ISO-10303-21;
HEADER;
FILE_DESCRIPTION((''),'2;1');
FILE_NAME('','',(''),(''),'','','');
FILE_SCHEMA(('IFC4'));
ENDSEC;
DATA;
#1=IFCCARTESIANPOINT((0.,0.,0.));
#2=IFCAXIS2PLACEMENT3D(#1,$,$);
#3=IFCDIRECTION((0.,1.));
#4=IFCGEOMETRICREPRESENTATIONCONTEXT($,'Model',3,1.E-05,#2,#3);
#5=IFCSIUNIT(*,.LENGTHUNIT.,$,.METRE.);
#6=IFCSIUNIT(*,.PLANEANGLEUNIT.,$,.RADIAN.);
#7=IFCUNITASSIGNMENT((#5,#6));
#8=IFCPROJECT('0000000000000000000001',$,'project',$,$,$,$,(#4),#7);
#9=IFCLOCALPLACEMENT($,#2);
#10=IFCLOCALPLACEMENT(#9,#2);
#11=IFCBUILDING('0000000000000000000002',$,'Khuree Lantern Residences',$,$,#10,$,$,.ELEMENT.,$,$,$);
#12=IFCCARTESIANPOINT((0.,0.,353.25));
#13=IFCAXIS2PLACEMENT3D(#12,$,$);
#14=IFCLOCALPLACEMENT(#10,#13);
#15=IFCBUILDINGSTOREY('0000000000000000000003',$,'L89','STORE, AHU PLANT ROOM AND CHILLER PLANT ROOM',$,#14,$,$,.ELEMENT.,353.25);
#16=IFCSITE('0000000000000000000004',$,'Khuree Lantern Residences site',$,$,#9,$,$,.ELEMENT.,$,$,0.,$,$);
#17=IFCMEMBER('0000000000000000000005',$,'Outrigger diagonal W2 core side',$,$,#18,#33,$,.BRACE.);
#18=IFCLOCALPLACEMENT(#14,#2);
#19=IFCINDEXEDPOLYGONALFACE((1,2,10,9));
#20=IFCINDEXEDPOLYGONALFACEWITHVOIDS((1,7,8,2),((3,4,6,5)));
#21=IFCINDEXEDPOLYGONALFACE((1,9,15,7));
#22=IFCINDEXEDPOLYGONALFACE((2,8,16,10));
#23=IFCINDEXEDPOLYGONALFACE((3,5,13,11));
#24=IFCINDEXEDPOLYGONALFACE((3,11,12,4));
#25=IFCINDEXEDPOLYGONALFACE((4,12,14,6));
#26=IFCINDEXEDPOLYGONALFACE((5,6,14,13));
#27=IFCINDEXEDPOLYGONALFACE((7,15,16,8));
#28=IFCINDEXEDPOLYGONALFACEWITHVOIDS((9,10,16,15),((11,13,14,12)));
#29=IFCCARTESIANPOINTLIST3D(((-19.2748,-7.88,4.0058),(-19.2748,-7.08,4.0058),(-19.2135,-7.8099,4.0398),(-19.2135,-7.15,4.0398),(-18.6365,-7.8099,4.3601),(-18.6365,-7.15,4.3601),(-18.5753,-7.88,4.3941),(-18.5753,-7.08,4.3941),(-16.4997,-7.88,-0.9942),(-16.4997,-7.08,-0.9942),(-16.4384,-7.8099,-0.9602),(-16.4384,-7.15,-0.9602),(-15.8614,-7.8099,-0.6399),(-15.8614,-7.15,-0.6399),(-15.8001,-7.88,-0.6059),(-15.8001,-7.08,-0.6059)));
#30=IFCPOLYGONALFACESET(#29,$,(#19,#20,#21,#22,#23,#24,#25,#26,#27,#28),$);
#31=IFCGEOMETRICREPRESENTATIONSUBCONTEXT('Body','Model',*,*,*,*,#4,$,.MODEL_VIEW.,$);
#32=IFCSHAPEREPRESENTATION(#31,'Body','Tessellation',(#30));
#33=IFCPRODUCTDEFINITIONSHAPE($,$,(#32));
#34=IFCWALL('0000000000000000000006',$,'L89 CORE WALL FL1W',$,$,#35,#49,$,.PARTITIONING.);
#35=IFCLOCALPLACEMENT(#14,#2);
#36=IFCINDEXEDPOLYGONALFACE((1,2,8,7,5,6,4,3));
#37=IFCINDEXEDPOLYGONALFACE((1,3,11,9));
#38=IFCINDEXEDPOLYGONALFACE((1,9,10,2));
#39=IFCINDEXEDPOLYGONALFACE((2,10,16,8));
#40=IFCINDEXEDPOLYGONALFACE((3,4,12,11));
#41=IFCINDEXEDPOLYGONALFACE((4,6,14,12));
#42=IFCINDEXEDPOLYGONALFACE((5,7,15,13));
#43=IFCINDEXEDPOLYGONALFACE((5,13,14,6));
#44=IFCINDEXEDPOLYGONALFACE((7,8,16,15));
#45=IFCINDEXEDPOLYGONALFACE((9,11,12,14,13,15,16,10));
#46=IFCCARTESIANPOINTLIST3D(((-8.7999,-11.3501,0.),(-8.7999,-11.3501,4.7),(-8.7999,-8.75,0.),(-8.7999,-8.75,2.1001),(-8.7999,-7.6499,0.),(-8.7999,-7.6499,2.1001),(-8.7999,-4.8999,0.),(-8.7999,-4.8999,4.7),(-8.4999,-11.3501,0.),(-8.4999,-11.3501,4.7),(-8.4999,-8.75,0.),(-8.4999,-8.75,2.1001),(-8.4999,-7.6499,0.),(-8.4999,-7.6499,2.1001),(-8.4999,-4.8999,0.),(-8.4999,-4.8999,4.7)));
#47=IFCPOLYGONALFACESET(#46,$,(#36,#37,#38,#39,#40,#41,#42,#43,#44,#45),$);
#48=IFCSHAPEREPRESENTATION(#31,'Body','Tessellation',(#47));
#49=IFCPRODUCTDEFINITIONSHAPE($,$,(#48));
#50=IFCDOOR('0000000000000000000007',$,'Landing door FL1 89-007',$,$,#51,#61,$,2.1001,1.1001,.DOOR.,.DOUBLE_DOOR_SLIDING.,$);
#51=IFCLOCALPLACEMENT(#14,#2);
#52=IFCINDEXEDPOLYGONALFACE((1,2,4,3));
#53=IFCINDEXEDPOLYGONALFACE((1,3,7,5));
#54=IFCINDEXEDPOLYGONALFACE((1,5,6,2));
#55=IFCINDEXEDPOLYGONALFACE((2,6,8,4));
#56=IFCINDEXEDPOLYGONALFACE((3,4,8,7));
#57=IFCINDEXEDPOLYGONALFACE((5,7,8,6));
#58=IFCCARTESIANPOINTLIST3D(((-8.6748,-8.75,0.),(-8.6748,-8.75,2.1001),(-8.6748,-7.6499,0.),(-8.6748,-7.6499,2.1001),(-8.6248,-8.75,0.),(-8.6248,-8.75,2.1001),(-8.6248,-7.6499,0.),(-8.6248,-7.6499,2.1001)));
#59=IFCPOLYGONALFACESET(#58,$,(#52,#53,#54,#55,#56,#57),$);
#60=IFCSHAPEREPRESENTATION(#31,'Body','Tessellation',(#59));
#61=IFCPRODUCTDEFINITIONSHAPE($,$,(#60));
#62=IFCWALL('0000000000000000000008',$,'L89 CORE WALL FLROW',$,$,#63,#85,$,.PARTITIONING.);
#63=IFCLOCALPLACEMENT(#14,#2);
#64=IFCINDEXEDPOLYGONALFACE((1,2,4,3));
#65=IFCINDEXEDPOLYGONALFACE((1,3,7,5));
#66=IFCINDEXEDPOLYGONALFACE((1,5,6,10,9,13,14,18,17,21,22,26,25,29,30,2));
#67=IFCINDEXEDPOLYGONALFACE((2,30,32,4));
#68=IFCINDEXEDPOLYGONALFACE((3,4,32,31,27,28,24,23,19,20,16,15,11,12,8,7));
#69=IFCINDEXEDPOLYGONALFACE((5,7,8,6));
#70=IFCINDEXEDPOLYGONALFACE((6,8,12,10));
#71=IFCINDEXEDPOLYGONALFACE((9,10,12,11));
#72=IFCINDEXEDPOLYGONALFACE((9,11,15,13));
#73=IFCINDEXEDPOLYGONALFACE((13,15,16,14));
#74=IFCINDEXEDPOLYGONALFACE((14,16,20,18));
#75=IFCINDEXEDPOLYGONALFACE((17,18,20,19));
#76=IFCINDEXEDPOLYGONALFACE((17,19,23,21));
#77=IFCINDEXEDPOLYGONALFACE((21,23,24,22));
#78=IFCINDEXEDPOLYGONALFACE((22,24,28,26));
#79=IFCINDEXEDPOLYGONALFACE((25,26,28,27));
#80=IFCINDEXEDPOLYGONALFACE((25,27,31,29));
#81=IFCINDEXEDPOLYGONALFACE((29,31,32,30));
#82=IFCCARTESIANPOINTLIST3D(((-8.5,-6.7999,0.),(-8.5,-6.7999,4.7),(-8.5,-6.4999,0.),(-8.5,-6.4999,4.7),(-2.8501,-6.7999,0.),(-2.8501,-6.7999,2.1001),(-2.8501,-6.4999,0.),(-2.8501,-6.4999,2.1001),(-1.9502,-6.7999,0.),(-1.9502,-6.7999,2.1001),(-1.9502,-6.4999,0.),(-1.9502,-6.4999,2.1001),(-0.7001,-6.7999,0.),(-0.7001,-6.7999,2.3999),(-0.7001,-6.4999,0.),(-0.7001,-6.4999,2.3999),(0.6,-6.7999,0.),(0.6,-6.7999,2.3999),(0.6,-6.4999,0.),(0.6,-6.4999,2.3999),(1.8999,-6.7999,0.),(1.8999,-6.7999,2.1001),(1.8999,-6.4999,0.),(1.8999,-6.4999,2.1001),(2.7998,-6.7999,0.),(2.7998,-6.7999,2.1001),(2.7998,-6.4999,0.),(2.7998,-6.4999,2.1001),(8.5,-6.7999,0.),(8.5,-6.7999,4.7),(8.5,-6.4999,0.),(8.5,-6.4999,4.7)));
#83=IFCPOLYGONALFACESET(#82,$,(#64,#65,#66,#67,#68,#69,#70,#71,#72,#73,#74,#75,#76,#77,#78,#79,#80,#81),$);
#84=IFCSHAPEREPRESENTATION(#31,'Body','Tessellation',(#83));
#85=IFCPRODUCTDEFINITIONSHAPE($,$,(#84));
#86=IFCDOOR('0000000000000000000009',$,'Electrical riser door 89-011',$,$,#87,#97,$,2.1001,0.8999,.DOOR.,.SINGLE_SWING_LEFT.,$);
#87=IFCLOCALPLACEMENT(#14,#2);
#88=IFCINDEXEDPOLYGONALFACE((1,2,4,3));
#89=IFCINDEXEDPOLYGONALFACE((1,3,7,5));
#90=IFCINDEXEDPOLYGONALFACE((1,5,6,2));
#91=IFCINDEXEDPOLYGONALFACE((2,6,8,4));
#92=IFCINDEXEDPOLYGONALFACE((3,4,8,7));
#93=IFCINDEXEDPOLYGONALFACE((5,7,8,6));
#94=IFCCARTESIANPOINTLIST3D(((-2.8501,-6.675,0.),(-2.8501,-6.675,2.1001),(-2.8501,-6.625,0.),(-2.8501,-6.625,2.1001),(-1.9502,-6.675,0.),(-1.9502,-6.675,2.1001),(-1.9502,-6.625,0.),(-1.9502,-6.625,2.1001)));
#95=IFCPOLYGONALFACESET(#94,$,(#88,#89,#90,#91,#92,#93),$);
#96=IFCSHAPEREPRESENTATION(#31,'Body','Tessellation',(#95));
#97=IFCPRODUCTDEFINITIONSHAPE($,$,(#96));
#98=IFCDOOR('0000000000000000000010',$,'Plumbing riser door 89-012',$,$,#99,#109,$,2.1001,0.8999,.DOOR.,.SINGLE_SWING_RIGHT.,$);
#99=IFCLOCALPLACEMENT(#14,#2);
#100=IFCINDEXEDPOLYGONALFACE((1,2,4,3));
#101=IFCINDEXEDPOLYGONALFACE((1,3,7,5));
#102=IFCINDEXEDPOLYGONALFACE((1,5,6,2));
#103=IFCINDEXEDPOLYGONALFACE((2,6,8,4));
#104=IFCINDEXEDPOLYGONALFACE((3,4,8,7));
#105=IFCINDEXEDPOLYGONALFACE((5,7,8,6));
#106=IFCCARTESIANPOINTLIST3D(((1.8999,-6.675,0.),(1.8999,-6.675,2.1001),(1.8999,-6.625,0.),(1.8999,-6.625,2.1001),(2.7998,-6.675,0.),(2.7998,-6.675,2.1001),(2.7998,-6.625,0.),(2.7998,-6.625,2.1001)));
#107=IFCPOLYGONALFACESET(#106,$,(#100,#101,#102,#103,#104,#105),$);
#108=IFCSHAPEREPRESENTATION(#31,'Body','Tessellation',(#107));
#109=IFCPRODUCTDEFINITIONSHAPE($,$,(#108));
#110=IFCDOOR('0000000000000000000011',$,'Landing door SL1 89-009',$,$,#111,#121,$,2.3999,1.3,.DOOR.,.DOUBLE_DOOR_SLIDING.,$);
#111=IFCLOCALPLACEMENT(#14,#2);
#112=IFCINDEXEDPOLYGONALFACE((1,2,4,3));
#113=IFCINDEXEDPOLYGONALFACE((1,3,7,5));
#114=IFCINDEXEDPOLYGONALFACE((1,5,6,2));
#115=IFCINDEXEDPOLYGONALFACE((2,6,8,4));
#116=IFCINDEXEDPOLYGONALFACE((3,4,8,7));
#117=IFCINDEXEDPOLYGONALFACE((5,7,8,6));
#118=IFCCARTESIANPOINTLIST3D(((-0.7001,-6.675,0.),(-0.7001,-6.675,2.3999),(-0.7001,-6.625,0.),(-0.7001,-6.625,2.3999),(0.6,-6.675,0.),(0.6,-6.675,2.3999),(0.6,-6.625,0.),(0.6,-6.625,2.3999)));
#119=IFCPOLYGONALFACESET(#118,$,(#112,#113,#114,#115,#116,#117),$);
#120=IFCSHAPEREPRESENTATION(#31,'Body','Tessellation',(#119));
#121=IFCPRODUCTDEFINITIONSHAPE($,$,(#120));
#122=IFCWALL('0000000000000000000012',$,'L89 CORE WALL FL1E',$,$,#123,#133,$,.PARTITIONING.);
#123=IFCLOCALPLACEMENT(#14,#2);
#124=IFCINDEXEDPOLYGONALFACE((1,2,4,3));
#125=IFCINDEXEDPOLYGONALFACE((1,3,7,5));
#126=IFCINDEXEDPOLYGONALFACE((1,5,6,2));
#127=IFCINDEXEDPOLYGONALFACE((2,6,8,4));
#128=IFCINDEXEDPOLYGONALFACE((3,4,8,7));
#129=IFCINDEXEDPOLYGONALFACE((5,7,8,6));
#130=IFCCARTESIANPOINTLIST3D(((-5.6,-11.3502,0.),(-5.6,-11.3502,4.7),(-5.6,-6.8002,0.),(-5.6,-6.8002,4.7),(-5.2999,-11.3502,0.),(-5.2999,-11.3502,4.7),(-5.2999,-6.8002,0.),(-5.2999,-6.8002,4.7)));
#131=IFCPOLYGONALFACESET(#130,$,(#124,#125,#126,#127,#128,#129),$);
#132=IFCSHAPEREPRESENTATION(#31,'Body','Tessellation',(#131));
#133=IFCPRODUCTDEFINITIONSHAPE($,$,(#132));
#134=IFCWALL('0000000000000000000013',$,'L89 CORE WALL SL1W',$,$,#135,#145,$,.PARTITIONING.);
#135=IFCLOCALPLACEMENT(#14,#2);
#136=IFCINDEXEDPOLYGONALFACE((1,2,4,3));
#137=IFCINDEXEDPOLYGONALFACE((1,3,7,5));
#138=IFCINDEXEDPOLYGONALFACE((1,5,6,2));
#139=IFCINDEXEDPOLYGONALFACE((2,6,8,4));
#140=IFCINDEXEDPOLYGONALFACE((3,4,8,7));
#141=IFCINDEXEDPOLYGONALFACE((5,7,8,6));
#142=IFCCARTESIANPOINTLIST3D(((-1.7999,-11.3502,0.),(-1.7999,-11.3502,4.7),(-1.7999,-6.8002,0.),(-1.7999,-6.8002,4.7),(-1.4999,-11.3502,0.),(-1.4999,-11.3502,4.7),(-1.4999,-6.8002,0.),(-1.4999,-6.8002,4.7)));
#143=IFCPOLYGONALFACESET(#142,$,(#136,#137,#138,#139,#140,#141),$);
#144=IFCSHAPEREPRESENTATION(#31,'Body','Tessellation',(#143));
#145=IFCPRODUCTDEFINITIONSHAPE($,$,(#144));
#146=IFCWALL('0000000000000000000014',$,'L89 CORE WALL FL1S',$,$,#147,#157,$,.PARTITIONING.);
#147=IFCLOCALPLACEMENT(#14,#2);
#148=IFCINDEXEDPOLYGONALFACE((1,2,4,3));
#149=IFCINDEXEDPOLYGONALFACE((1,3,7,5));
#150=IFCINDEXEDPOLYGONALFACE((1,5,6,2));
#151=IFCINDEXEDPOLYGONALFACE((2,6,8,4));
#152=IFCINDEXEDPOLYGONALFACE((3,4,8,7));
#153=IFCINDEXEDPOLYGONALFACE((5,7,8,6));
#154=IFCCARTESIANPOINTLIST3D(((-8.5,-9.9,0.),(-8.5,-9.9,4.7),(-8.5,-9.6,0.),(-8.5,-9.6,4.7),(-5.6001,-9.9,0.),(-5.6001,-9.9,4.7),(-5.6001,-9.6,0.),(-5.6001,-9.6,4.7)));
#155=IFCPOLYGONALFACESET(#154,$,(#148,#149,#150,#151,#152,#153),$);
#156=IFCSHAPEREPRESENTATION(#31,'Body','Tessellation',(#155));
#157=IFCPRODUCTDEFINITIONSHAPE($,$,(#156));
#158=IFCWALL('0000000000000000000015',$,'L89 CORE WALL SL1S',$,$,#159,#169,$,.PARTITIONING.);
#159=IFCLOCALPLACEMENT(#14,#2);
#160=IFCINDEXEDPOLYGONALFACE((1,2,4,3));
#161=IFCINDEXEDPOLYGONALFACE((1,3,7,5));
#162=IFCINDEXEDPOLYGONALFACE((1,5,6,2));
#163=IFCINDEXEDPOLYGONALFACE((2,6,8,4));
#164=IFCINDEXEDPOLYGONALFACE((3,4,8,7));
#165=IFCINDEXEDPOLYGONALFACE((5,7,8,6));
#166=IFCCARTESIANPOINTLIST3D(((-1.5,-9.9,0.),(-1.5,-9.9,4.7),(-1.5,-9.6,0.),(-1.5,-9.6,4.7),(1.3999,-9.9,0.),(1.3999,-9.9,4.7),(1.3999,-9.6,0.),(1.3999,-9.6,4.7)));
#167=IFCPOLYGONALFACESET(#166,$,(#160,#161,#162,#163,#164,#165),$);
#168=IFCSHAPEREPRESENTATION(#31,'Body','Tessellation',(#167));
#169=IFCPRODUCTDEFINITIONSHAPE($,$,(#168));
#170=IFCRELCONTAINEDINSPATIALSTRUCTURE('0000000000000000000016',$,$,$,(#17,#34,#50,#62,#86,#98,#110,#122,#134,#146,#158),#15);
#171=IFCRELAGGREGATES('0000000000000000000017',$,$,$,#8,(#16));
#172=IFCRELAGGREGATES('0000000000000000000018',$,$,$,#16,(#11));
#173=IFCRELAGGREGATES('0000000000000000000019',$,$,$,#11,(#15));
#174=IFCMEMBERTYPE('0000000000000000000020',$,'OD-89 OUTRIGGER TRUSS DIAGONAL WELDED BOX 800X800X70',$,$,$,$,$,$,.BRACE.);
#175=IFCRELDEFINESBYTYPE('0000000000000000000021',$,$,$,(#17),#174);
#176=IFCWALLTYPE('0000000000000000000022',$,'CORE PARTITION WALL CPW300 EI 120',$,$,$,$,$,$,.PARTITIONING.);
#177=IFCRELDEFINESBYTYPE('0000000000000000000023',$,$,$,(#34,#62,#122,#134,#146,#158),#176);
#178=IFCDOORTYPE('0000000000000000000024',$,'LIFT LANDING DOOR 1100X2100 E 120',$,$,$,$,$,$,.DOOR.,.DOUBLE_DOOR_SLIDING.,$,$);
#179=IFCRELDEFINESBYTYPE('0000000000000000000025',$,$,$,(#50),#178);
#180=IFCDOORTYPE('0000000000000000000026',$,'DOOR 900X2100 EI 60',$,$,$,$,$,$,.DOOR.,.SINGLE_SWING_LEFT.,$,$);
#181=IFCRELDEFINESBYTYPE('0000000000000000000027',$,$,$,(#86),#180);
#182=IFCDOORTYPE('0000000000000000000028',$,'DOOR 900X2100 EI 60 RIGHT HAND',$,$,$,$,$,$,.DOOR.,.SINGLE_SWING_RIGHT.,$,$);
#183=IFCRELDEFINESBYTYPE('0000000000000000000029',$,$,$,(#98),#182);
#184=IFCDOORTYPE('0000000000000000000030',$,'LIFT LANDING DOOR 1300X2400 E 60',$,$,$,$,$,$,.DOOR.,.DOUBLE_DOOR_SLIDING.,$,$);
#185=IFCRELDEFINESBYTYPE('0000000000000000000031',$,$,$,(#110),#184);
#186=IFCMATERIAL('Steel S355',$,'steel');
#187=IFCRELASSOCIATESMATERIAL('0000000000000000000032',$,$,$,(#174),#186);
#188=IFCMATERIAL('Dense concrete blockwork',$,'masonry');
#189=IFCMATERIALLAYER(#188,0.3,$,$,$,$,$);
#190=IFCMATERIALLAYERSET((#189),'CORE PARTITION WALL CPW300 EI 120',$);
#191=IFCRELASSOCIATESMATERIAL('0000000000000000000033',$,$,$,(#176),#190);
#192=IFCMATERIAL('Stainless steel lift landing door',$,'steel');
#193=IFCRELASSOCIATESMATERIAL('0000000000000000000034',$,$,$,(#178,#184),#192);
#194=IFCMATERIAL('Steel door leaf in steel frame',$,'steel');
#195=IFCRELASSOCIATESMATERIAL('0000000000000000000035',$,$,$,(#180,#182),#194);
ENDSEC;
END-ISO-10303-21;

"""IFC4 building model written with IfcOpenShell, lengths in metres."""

from ifc_helpers import new_model, si_unit, direction, frame, frame_2d, origin, origin_2d, place, context, subcontext, project, spatial, rectangle, hollow_rectangle, extrude, material, layer, layer_set, material_profile, profile_set, type_object, element, fill, save


model = new_model("IFC4")

# Units and contexts
model_context = context("Model", 3, precision=1e-05, world=origin(), true_north=direction((0.0, 1.0)))
body_context = subcontext(model_context, "Body", "Model", "MODEL_VIEW")
ifc_project = project(units=[si_unit("LENGTHUNIT", "METRE"), si_unit("PLANEANGLEUNIT", "RADIAN")], contexts=[model_context])

# Site, building, storey
site_placement = place(None, origin())
site = spatial("IfcSite", under=ifc_project, at=site_placement, Name="Khuree Lantern Residences site", CompositionType="ELEMENT", RefElevation=0.0)
building_placement = place(site_placement, origin())
building = spatial("IfcBuilding", under=site, at=building_placement, Name="Khuree Lantern Residences", CompositionType="ELEMENT")
storey_placement = place(building_placement, frame((0.0, 0.0, 353.25)))
storey = spatial("IfcBuildingStorey", under=building, at=storey_placement, Name="L89", Description="STORE, AHU PLANT ROOM AND CHILLER PLANT ROOM", CompositionType="ELEMENT", Elevation=353.25)

# Member
ifc_material_1 = material(Name="Steel S355", Category="steel")
ifc_material_profile = material_profile(ifc_material_1, hollow_rectangle(XDim=0.8, YDim=0.8, WallThickness=0.0701, at=origin_2d()), Name="WELDED BOX 800X800X70")
ifc_profile_set = profile_set([ifc_material_profile], Name="Steel S355")
member_type = type_object("IfcMemberType", Name="OD-89 OUTRIGGER TRUSS DIAGONAL WELDED BOX 800X800X70", PredefinedType="BRACE", material=ifc_profile_set)
member_placement = place(storey_placement, frame((-16.1499, -7.48, -0.8), z_axis=(-0.485291, 0.0, 0.874353), x_axis=(0.0, -1.0, 0.0)))
element("IfcMember", 1, at=member_placement, inside=storey, type_object=member_type, Name="Outrigger diagonal W2 core side", PredefinedType="BRACE", context=body_context, shape_type="SweptSolid", body=[
    extrude(hollow_rectangle(XDim=0.8, YDim=0.8, WallThickness=0.0701, at=origin_2d()), origin(), (0.0, 0.0, 1.0), 5.7185),
])

# Wall, opening, door
ifc_material_2 = material(Name="Dense concrete blockwork", Category="masonry")
ifc_layer_1 = layer(ifc_material_2, 0.3)
ifc_layer_set_1 = layer_set([ifc_layer_1], Name="CORE PARTITION WALL CPW300 EI 120")
wall_type_1 = type_object("IfcWallType", Name="CORE PARTITION WALL CPW300 EI 120", PredefinedType="PARTITIONING", material=ifc_layer_set_1)
wall_1_placement = place(storey_placement, frame((-8.6499, -11.3501, 0.0), z_axis=(0.0, 0.0, 1.0), x_axis=(0.0, 1.0, 0.0)))
wall_1 = element("IfcWall", 2, at=wall_1_placement, inside=storey, type_object=wall_type_1, Name="L89 CORE WALL FL1W", PredefinedType="PARTITIONING", context=body_context, shape_type="SweptSolid", body=[
    extrude(rectangle(XDim=6.4502, YDim=0.3, at=frame_2d((3.2251, 0.0))), origin(), (0.0, 0.0, 1.0), 4.7),
])
opening_1_placement = place(wall_1_placement, frame((2.6001, 0.0, 0.0)))
opening_1 = element("IfcOpeningElement", 3, at=opening_1_placement, cuts=wall_1, PredefinedType="OPENING", context=body_context, shape_type="SweptSolid", body=[
    extrude(rectangle(XDim=1.1001, YDim=2.1001, at=frame_2d((0.55, 1.05))), frame((0.0, 0.1602, 0.0), z_axis=(0.0, -1.0, 0.0), x_axis=(1.0, 0.0, 0.0)), (0.0, 0.0, 1.0), 0.3201),
])
ifc_material_3 = material(Name="Stainless steel lift landing door", Category="steel")
door_type_1 = type_object("IfcDoorType", Name="LIFT LANDING DOOR 1100X2100 E 120", OperationType="DOUBLE_DOOR_SLIDING", PredefinedType="DOOR", material=ifc_material_3)
door_1_placement = place(opening_1_placement, origin())
door_1 = element("IfcDoor", 4, at=door_1_placement, inside=storey, type_object=door_type_1, Name="Landing door FL1 89-007", OperationType="DOUBLE_DOOR_SLIDING", OverallHeight=2.1001, OverallWidth=1.1001, PredefinedType="DOOR", context=body_context, shape_type="SweptSolid", body=[
    extrude(rectangle(XDim=1.1001, YDim=2.1001, at=frame_2d((0.55, 1.05))), frame((0.0, 0.0249, 0.0), z_axis=(0.0, -1.0, 0.0), x_axis=(1.0, 0.0, 0.0)), (0.0, 0.0, 1.0), 0.05),
])
fill(opening_1, door_1)

# Wall, openings, doors
wall_2_placement = place(storey_placement, frame((-8.5, -6.6499, 0.0), z_axis=(0.0, 0.0, 1.0), x_axis=(1.0, 0.0, 0.0)))
wall_2 = element("IfcWall", 5, at=wall_2_placement, inside=storey, type_object=wall_type_1, Name="L89 CORE WALL FLROW", PredefinedType="PARTITIONING", context=body_context, shape_type="SweptSolid", body=[
    extrude(rectangle(XDim=17.0, YDim=0.3, at=frame_2d((8.5, 0.0))), origin(), (0.0, 0.0, 1.0), 4.7),
])
opening_2_placement = place(wall_2_placement, frame((7.8, 0.0, 0.0)))
opening_2 = element("IfcOpeningElement", 6, at=opening_2_placement, cuts=wall_2, PredefinedType="OPENING", context=body_context, shape_type="SweptSolid", body=[
    extrude(rectangle(XDim=1.3, YDim=2.3999, at=frame_2d((0.6499, 1.2))), frame((0.0, 0.1602, 0.0), z_axis=(0.0, -1.0, 0.0), x_axis=(1.0, 0.0, 0.0)), (0.0, 0.0, 1.0), 0.3201),
])
opening_3_placement = place(wall_2_placement, frame((5.6499, 0.0, 0.0)))
opening_3 = element("IfcOpeningElement", 7, at=opening_3_placement, cuts=wall_2, PredefinedType="OPENING", context=body_context, shape_type="SweptSolid", body=[
    extrude(rectangle(XDim=0.8999, YDim=2.1001, at=frame_2d((0.45, 1.05))), frame((0.0, 0.1602, 0.0), z_axis=(0.0, -1.0, 0.0), x_axis=(1.0, 0.0, 0.0)), (0.0, 0.0, 1.0), 0.3201),
])
opening_4_placement = place(wall_2_placement, frame((10.3999, 0.0, 0.0)))
opening_4 = element("IfcOpeningElement", 8, at=opening_4_placement, cuts=wall_2, PredefinedType="OPENING", context=body_context, shape_type="SweptSolid", body=[
    extrude(rectangle(XDim=0.8999, YDim=2.1001, at=frame_2d((0.45, 1.05))), frame((0.0, 0.1602, 0.0), z_axis=(0.0, -1.0, 0.0), x_axis=(1.0, 0.0, 0.0)), (0.0, 0.0, 1.0), 0.3201),
])
ifc_material_4 = material(Name="Steel door leaf in steel frame", Category="steel")
door_type_2 = type_object("IfcDoorType", Name="DOOR 900X2100 EI 60", OperationType="SINGLE_SWING_LEFT", PredefinedType="DOOR", material=ifc_material_4)
door_2_placement = place(opening_3_placement, origin())
door_2 = element("IfcDoor", 9, at=door_2_placement, inside=storey, type_object=door_type_2, Name="Electrical riser door 89-011", OperationType="SINGLE_SWING_LEFT", OverallHeight=2.1001, OverallWidth=0.8999, PredefinedType="DOOR", context=body_context, shape_type="SweptSolid", body=[
    extrude(rectangle(XDim=0.8999, YDim=2.1001, at=frame_2d((0.45, 1.05))), frame((0.0, 0.0249, 0.0), z_axis=(0.0, -1.0, 0.0), x_axis=(1.0, 0.0, 0.0)), (0.0, 0.0, 1.0), 0.05),
])
fill(opening_3, door_2)
door_type_3 = type_object("IfcDoorType", Name="DOOR 900X2100 EI 60 RIGHT HAND", OperationType="SINGLE_SWING_RIGHT", PredefinedType="DOOR", material=ifc_material_4)
door_3_placement = place(opening_4_placement, origin())
door_3 = element("IfcDoor", 10, at=door_3_placement, inside=storey, type_object=door_type_3, Name="Plumbing riser door 89-012", OperationType="SINGLE_SWING_RIGHT", OverallHeight=2.1001, OverallWidth=0.8999, PredefinedType="DOOR", context=body_context, shape_type="SweptSolid", body=[
    extrude(rectangle(XDim=0.8999, YDim=2.1001, at=frame_2d((0.45, 1.05))), frame((0.0, 0.0249, 0.0), z_axis=(0.0, -1.0, 0.0), x_axis=(1.0, 0.0, 0.0)), (0.0, 0.0, 1.0), 0.05),
])
fill(opening_4, door_3)
door_type_4 = type_object("IfcDoorType", Name="LIFT LANDING DOOR 1300X2400 E 60", OperationType="DOUBLE_DOOR_SLIDING", PredefinedType="DOOR", material=ifc_material_3)
door_4_placement = place(opening_2_placement, origin())
door_4 = element("IfcDoor", 11, at=door_4_placement, inside=storey, type_object=door_type_4, Name="Landing door SL1 89-009", OperationType="DOUBLE_DOOR_SLIDING", OverallHeight=2.3999, OverallWidth=1.3, PredefinedType="DOOR", context=body_context, shape_type="SweptSolid", body=[
    extrude(rectangle(XDim=1.3, YDim=2.3999, at=frame_2d((0.6499, 1.2))), frame((0.0, 0.0249, 0.0), z_axis=(0.0, -1.0, 0.0), x_axis=(1.0, 0.0, 0.0)), (0.0, 0.0, 1.0), 0.05),
])
fill(opening_2, door_4)

# Walls
for number, where, z_axis, x_axis, name in (
    (12, (-5.45, -11.3501, 0.0), (0.0, 0.0, 1.0), (0.0, 1.0, 0.0), "L89 CORE WALL FL1E"),
    (13, (-1.6499, -11.3501, 0.0), (0.0, 0.0, 1.0), (0.0, 1.0, 0.0), "L89 CORE WALL SL1W"),
):
    element("IfcWall", number, at=place(storey_placement, frame(where, z_axis=z_axis, x_axis=x_axis)), inside=storey, type_object=wall_type_1, Name=name, PredefinedType="PARTITIONING", context=body_context, shape_type="SweptSolid", body=[
        extrude(rectangle(XDim=4.55, YDim=0.3, at=frame_2d((2.2749, 0.0))), origin(), (0.0, 0.0, 1.0), 4.7),
    ])
for number, where, z_axis, x_axis, name in (
    (14, (-8.5, -9.75, 0.0), (0.0, 0.0, 1.0), (1.0, 0.0, 0.0), "L89 CORE WALL FL1S"),
    (15, (-1.5, -9.75, 0.0), (0.0, 0.0, 1.0), (1.0, 0.0, 0.0), "L89 CORE WALL SL1S"),
):
    element("IfcWall", number, at=place(storey_placement, frame(where, z_axis=z_axis, x_axis=x_axis)), inside=storey, type_object=wall_type_1, Name=name, PredefinedType="PARTITIONING", context=body_context, shape_type="SweptSolid", body=[
        extrude(rectangle(XDim=2.8999, YDim=0.3, at=frame_2d((1.45, 0.0))), origin(), (0.0, 0.0, 1.0), 4.7),
    ])

save(model, "model.ifc")
